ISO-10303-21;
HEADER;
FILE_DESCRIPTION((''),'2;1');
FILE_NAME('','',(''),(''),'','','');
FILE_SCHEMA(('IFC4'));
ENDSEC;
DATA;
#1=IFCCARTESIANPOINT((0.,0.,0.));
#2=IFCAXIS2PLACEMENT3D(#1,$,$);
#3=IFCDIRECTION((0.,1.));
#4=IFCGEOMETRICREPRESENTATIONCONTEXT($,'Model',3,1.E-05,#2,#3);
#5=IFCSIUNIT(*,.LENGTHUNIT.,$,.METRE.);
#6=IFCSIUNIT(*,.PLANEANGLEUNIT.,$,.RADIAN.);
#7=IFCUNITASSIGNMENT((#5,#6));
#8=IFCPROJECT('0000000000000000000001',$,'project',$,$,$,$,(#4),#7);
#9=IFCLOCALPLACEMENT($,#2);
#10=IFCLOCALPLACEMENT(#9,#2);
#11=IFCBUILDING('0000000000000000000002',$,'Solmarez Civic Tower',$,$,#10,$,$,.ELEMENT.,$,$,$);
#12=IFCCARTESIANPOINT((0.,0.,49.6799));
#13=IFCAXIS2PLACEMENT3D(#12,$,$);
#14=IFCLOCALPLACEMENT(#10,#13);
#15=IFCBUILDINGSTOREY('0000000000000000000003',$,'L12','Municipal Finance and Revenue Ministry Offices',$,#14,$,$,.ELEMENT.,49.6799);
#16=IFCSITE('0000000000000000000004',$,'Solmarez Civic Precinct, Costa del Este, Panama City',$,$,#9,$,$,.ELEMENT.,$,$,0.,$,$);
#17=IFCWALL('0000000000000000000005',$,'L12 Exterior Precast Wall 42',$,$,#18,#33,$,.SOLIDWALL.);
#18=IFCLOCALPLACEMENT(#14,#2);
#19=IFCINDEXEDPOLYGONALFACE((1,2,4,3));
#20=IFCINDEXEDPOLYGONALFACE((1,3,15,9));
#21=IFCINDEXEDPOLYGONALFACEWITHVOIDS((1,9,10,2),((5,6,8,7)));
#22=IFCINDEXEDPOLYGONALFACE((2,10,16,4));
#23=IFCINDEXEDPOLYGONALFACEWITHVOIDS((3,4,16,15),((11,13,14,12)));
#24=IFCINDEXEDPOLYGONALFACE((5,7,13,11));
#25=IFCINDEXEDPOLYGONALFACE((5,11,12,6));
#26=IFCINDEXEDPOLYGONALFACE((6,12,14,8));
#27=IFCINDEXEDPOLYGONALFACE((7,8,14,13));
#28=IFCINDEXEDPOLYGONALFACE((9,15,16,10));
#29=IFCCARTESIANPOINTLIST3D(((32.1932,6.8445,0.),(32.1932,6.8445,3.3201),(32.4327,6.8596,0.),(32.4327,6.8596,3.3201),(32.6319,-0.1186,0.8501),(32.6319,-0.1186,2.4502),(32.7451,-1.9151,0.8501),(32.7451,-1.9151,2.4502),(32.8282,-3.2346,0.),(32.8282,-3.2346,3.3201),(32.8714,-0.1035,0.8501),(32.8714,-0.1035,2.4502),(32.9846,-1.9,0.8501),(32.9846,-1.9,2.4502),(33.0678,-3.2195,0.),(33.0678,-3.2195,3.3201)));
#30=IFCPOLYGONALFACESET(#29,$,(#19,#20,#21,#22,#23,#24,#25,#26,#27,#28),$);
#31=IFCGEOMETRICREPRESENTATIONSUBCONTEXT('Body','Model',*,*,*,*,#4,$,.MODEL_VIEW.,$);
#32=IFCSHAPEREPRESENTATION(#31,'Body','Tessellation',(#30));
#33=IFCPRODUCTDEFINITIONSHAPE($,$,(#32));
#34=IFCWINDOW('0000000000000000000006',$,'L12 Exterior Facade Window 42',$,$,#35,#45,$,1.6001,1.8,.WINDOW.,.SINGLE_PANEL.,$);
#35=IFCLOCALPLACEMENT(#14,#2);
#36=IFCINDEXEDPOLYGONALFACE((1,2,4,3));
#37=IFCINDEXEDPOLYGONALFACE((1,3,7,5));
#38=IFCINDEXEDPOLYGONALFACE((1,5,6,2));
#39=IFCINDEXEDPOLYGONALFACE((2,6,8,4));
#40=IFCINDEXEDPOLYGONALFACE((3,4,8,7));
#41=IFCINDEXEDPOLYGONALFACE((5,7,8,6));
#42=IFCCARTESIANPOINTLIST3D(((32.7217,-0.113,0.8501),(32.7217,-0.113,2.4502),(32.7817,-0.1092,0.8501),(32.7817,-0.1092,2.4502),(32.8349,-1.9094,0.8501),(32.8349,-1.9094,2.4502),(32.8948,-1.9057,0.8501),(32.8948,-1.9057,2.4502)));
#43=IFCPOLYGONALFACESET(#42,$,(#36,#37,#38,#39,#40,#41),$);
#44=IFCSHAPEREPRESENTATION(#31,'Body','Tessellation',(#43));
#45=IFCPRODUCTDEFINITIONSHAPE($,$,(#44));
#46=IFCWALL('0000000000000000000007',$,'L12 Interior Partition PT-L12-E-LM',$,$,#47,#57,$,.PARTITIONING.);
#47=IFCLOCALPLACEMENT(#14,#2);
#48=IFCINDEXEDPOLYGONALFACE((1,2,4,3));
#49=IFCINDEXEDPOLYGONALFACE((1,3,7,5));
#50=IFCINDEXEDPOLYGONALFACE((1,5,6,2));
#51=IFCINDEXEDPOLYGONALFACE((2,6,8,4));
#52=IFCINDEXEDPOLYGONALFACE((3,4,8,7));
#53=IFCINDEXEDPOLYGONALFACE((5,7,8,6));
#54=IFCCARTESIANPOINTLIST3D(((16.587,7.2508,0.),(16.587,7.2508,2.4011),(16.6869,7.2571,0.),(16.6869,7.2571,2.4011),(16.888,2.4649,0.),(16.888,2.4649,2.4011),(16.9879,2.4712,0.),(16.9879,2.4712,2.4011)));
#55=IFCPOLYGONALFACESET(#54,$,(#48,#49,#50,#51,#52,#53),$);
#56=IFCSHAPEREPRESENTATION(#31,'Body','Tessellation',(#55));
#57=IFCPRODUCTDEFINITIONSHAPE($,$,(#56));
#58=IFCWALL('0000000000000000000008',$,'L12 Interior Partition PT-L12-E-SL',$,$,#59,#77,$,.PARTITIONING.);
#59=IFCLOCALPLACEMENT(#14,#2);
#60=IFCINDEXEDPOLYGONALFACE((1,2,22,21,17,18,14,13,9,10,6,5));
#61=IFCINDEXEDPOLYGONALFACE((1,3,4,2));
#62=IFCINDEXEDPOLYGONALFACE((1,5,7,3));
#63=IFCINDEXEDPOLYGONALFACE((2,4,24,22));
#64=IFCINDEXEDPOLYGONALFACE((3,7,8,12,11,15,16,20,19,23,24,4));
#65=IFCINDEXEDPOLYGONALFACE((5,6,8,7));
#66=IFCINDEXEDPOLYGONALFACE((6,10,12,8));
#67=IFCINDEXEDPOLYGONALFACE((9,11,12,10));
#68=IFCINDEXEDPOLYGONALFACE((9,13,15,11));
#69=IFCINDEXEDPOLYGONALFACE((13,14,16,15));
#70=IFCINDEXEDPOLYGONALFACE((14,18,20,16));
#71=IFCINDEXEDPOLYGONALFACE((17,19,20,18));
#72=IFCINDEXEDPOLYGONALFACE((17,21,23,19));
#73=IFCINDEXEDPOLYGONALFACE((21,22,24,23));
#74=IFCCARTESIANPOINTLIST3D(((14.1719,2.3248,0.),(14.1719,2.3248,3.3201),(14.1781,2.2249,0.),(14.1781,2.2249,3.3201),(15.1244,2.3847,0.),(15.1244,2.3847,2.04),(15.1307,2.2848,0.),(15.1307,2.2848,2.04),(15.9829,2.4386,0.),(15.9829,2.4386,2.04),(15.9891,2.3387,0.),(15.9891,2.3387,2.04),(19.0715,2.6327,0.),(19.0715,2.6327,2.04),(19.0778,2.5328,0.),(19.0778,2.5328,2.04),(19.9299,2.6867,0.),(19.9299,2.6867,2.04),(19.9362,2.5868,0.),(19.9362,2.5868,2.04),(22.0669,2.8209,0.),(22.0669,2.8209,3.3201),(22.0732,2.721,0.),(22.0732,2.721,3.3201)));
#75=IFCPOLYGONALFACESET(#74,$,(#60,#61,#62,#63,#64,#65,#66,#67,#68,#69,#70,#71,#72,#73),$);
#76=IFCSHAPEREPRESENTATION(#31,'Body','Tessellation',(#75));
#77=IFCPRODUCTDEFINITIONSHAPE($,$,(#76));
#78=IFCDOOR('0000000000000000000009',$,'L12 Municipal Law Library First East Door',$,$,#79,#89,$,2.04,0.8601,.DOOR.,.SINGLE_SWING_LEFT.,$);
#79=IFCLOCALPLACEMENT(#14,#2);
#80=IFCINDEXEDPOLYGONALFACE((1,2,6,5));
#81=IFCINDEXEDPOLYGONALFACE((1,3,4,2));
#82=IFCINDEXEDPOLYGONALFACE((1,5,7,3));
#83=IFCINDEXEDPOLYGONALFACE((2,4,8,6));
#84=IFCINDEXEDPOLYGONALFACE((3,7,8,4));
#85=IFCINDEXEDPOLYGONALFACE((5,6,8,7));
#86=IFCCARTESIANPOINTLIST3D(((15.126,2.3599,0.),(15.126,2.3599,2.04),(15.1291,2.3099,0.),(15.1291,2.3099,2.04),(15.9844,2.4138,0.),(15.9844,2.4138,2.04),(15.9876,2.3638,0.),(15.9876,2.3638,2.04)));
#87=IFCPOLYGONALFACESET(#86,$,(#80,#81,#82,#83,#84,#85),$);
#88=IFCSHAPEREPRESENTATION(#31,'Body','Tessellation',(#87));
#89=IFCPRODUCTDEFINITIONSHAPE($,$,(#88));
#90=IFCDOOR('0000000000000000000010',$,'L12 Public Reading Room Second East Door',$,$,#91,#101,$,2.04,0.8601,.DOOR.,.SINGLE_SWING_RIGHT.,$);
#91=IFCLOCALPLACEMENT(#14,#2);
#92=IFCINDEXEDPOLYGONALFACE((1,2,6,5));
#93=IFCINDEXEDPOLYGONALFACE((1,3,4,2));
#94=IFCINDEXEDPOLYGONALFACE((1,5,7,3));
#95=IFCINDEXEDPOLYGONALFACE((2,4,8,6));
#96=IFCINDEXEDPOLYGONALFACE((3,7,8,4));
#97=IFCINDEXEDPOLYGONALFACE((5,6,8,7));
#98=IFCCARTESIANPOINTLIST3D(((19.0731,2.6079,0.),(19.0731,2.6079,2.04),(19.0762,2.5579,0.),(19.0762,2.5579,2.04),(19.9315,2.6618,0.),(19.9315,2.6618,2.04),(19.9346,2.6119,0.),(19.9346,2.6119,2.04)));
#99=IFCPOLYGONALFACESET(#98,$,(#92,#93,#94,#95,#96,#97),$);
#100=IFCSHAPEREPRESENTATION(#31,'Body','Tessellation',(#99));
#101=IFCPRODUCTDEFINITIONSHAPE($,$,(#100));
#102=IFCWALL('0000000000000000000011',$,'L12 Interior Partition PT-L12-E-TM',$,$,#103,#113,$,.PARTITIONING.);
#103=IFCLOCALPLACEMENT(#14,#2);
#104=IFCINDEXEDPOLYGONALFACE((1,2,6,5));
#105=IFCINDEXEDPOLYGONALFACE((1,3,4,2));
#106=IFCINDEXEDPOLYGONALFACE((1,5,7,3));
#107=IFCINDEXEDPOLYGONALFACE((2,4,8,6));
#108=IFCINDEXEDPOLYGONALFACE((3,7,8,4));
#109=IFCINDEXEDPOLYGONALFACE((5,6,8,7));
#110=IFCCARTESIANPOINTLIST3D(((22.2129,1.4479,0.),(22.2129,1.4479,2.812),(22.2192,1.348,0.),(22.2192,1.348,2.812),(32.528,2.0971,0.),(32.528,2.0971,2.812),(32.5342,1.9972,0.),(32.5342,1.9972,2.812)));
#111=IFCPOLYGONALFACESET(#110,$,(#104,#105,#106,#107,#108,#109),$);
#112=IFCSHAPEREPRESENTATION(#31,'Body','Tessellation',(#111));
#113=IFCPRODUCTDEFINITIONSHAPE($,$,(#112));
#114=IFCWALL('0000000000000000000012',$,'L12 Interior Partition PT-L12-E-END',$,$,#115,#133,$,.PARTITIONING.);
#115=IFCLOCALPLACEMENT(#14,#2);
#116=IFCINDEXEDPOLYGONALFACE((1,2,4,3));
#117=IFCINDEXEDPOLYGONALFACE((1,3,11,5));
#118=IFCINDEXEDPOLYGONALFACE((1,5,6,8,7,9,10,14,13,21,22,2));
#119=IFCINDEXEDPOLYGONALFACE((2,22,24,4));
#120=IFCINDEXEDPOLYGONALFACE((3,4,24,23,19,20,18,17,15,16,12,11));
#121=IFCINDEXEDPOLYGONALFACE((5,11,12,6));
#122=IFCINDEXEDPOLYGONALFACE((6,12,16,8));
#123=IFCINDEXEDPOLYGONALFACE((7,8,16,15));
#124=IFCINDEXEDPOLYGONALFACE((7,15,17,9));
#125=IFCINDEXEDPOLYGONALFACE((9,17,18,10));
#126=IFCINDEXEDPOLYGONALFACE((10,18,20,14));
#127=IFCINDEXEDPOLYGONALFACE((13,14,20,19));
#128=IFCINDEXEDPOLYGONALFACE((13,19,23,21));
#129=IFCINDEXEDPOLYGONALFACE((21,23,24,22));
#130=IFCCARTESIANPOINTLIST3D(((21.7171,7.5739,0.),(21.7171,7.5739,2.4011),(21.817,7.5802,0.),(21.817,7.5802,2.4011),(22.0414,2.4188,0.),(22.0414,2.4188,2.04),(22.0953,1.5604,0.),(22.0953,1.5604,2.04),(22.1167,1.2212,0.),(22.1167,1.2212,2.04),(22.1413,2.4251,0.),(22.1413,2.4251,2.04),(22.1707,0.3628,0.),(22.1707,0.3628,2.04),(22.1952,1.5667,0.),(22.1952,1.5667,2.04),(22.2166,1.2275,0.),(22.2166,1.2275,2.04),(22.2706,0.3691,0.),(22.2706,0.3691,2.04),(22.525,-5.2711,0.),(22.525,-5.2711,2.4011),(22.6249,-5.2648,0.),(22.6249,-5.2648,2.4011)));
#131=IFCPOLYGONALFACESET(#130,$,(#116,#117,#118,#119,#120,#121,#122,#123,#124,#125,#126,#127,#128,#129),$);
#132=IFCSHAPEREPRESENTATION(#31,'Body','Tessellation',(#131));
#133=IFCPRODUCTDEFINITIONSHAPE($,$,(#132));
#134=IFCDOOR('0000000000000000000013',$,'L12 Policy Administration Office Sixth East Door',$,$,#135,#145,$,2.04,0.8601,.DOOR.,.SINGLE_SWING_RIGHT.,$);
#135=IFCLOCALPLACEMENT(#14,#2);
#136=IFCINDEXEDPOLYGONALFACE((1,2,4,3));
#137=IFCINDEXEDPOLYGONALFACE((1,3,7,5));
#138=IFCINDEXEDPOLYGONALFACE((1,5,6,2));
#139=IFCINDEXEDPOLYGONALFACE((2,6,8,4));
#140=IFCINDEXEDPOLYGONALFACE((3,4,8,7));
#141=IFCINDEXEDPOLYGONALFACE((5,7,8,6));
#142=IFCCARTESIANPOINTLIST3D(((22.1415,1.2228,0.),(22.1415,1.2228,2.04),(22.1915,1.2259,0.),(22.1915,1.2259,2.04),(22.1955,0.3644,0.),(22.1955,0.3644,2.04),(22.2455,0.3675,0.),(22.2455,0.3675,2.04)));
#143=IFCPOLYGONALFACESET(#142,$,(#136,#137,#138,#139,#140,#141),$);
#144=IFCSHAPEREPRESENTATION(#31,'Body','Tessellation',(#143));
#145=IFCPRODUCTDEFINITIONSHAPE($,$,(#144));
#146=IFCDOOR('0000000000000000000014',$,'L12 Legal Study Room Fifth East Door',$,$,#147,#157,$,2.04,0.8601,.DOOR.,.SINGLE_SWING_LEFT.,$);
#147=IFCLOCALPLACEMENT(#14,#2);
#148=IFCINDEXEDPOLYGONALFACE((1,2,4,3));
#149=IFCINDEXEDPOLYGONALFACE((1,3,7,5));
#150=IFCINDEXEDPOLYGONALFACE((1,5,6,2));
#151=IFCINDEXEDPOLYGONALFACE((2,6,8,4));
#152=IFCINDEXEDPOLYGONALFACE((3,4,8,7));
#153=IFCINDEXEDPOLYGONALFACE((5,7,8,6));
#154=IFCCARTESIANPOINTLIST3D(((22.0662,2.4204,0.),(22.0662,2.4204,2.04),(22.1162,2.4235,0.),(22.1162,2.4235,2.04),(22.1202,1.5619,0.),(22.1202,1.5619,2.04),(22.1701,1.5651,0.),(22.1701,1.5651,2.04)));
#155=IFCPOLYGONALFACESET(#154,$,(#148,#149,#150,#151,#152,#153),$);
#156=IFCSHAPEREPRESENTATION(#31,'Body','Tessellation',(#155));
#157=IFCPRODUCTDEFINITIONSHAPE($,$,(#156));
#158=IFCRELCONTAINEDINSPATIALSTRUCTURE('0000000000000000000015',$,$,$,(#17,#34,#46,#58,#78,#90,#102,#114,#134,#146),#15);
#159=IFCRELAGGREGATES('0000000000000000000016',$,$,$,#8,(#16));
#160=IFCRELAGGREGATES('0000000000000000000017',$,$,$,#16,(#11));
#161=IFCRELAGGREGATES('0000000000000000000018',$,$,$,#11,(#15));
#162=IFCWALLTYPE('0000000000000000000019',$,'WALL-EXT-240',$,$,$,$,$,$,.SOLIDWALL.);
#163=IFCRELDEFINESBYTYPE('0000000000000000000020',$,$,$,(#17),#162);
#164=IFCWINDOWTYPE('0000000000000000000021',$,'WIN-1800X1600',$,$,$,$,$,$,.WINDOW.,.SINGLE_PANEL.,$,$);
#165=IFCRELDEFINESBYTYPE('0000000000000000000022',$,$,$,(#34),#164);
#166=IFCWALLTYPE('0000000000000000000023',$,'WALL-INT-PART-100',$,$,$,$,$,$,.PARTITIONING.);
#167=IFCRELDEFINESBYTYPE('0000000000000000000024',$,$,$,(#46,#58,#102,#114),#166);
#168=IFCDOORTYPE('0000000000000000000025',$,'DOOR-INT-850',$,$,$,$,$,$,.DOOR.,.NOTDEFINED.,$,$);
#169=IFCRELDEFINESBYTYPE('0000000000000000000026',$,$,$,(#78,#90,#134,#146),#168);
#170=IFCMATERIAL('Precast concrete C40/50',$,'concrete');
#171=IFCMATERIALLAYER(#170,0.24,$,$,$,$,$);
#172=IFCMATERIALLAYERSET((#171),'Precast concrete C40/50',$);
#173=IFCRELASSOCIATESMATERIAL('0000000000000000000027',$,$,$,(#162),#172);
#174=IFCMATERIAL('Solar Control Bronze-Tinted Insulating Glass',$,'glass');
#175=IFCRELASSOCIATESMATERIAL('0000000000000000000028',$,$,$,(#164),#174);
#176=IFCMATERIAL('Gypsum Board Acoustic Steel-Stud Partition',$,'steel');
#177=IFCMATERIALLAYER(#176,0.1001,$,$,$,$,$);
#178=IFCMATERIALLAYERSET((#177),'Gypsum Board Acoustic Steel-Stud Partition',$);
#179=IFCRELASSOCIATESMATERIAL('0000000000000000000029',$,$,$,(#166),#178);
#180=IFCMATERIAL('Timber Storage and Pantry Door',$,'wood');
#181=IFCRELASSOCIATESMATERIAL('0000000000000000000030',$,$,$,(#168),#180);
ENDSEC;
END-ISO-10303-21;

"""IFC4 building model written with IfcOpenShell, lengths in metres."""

from ifc_helpers import new_model, si_unit, direction, frame, frame_2d, origin, place, context, subcontext, project, spatial, rectangle, extrude, material, layer, layer_set, type_object, element, fill, save


model = new_model("IFC4")

# Units and contexts
model_context = context("Model", 3, precision=1e-05, world=origin(), true_north=direction((0.0, 1.0)))
body_context = subcontext(model_context, "Body", "Model", "MODEL_VIEW")
ifc_project = project(units=[si_unit("LENGTHUNIT", "METRE"), si_unit("PLANEANGLEUNIT", "RADIAN")], contexts=[model_context])

# Site, building, storey
site_placement = place(None, origin())
site = spatial("IfcSite", under=ifc_project, at=site_placement, Name="Solmarez Civic Precinct, Costa del Este, Panama City", CompositionType="ELEMENT", RefElevation=0.0)
building_placement = place(site_placement, origin())
building = spatial("IfcBuilding", under=site, at=building_placement, Name="Solmarez Civic Tower", CompositionType="ELEMENT")
storey_placement = place(building_placement, frame((0.0, 0.0, 49.6799)))
storey = spatial("IfcBuildingStorey", under=building, at=storey_placement, Name="L12", Description="Municipal Finance and Revenue Ministry Offices", CompositionType="ELEMENT", Elevation=49.6799)

# Shared definitions
ifc_material_1 = material(Name="Precast concrete C40/50", Category="concrete")
ifc_layer_1 = layer(ifc_material_1, 0.24)
ifc_layer_set_1 = layer_set([ifc_layer_1], Name="Precast concrete C40/50")
wall_type_1 = type_object("IfcWallType", Name="WALL-EXT-240", PredefinedType="SOLIDWALL", material=ifc_layer_set_1)

# Wall, opening, window
wall_1_placement = place(storey_placement, frame((32.313, 6.8521, 0.0), z_axis=(0.0, 0.0, 1.0), x_axis=(0.062878, -0.998021, 0.0)))
wall_1 = element("IfcWall", 1, at=wall_1_placement, inside=storey, type_object=wall_type_1, Name="L12 Exterior Precast Wall 42", PredefinedType="SOLIDWALL", context=body_context, shape_type="SweptSolid", body=[
    extrude(rectangle(XDim=10.0991, YDim=0.24, at=frame_2d((5.0496, 0.0))), origin(), (0.0, 0.0, 1.0), 3.3201),
])
opening_1_placement = place(wall_1_placement, frame((6.9771, 0.0, 0.8501)))
opening_1 = element("IfcOpeningElement", 2, at=opening_1_placement, cuts=wall_1, PredefinedType="OPENING", context=body_context, shape_type="SweptSolid", body=[
    extrude(rectangle(XDim=1.8, YDim=1.6001, at=frame_2d((0.8999, 0.8))), frame((0.0, 0.1299, 0.0), z_axis=(0.0, -1.0, 0.0), x_axis=(1.0, 0.0, 0.0)), (0.0, 0.0, 1.0), 0.26),
])
ifc_material_2 = material(Name="Solar Control Bronze-Tinted Insulating Glass", Category="glass")
window_type = type_object("IfcWindowType", Name="WIN-1800X1600", PartitioningType="SINGLE_PANEL", PredefinedType="WINDOW", material=ifc_material_2)
window_placement = place(opening_1_placement, origin())
window = element("IfcWindow", 3, at=window_placement, inside=storey, type_object=window_type, Name="L12 Exterior Facade Window 42", OverallHeight=1.6001, OverallWidth=1.8, PartitioningType="SINGLE_PANEL", PredefinedType="WINDOW", context=body_context, shape_type="SweptSolid", body=[
    extrude(rectangle(XDim=1.8, YDim=1.6001, at=frame_2d((0.8999, 0.8))), frame((0.0, 0.03, 0.0), z_axis=(0.0, -1.0, 0.0), x_axis=(1.0, 0.0, 0.0)), (0.0, 0.0, 1.0), 0.0601),
])
fill(opening_1, window)

# Wall
ifc_material_3 = material(Name="Gypsum Board Acoustic Steel-Stud Partition", Category="steel")
ifc_layer_2 = layer(ifc_material_3, 0.1001)
ifc_layer_set_2 = layer_set([ifc_layer_2], Name="Gypsum Board Acoustic Steel-Stud Partition")
wall_type_2 = type_object("IfcWallType", Name="WALL-INT-PART-100", PredefinedType="PARTITIONING", material=ifc_layer_set_2)
wall_2_placement = place(storey_placement, frame((16.938, 2.468, 0.0), z_axis=(0.0, 0.0, 1.0), x_axis=(-0.062774, 0.998028, 0.0)))
element("IfcWall", 4, at=wall_2_placement, inside=storey, type_object=wall_type_2, Name="L12 Interior Partition PT-L12-E-LM", PredefinedType="PARTITIONING", context=body_context, shape_type="SweptSolid", body=[
    extrude(rectangle(XDim=4.7954, YDim=0.1001, at=frame_2d((2.3977, 0.0))), origin(), (0.0, 0.0, 1.0), 2.4011),
])

# Wall, openings, doors
wall_3_placement = place(storey_placement, frame((22.0701, 2.771, 0.0), z_axis=(0.0, 0.0, 1.0), x_axis=(-0.998032, -0.062713, 0.0)))
wall_3 = element("IfcWall", 5, at=wall_3_placement, inside=storey, type_object=wall_type_2, Name="L12 Interior Partition PT-L12-E-SL", PredefinedType="PARTITIONING", context=body_context, shape_type="SweptSolid", body=[
    extrude(rectangle(XDim=7.9106, YDim=0.1001, at=frame_2d((3.9553, 0.0))), origin(), (0.0, 0.0, 1.0), 3.3201),
])
opening_2_placement = place(wall_3_placement, frame((6.0959, 0.0, 0.0)))
opening_2 = element("IfcOpeningElement", 6, at=opening_2_placement, cuts=wall_3, PredefinedType="OPENING", context=body_context, shape_type="SweptSolid", body=[
    extrude(rectangle(XDim=0.8601, YDim=2.04, at=frame_2d((0.4302, 1.02))), frame((0.0, 0.0601, 0.0), z_axis=(0.0, -1.0, 0.0), x_axis=(1.0, 0.0, 0.0)), (0.0, 0.0, 1.0), 0.1201),
])
opening_3_placement = place(wall_3_placement, frame((2.1411, 0.0, 0.0)))
opening_3 = element("IfcOpeningElement", 7, at=opening_3_placement, cuts=wall_3, PredefinedType="OPENING", context=body_context, shape_type="SweptSolid", body=[
    extrude(rectangle(XDim=0.8601, YDim=2.04, at=frame_2d((0.4302, 1.02))), frame((0.0, 0.0601, 0.0), z_axis=(0.0, -1.0, 0.0), x_axis=(1.0, 0.0, 0.0)), (0.0, 0.0, 1.0), 0.1201),
])
ifc_material_4 = material(Name="Timber Storage and Pantry Door", Category="wood")
door_type = type_object("IfcDoorType", Name="DOOR-INT-850", OperationType="NOTDEFINED", PredefinedType="DOOR", material=ifc_material_4)
door_1_placement = place(opening_2_placement, origin())
door_1 = element("IfcDoor", 8, at=door_1_placement, inside=storey, type_object=door_type, Name="L12 Municipal Law Library First East Door", OperationType="SINGLE_SWING_LEFT", OverallHeight=2.04, OverallWidth=0.8601, PredefinedType="DOOR", context=body_context, shape_type="SweptSolid", body=[
    extrude(rectangle(XDim=0.8601, YDim=2.04, at=frame_2d((0.4302, 1.02))), frame((0.0, 0.0249, 0.0), z_axis=(0.0, -1.0, 0.0), x_axis=(1.0, 0.0, 0.0)), (0.0, 0.0, 1.0), 0.05),
])
fill(opening_2, door_1)
door_2_placement = place(opening_3_placement, origin())
door_2 = element("IfcDoor", 9, at=door_2_placement, inside=storey, type_object=door_type, Name="L12 Public Reading Room Second East Door", OperationType="SINGLE_SWING_RIGHT", OverallHeight=2.04, OverallWidth=0.8601, PredefinedType="DOOR", context=body_context, shape_type="SweptSolid", body=[
    extrude(rectangle(XDim=0.8601, YDim=2.04, at=frame_2d((0.4302, 1.02))), frame((0.0, 0.0249, 0.0), z_axis=(0.0, -1.0, 0.0), x_axis=(1.0, 0.0, 0.0)), (0.0, 0.0, 1.0), 0.05),
])
fill(opening_3, door_2)

# Wall
wall_4_placement = place(storey_placement, frame((22.2161, 1.3979, 0.0), z_axis=(0.0, 0.0, 1.0), x_axis=(0.998025, 0.062811, 0.0)))
element("IfcWall", 10, at=wall_4_placement, inside=storey, type_object=wall_type_2, Name="L12 Interior Partition PT-L12-E-TM", PredefinedType="PARTITIONING", context=body_context, shape_type="SweptSolid", body=[
    extrude(rectangle(XDim=10.3354, YDim=0.1001, at=frame_2d((5.1677, 0.0))), origin(), (0.0, 0.0, 1.0), 2.812),
])

# Wall, openings, doors
wall_5_placement = place(storey_placement, frame((21.7671, 7.5769, 0.0), z_axis=(0.0, 0.0, 1.0), x_axis=(0.062769, -0.998028, 0.0)))
wall_5 = element("IfcWall", 11, at=wall_5_placement, inside=storey, type_object=wall_type_2, Name="L12 Interior Partition PT-L12-E-END", PredefinedType="PARTITIONING", context=body_context, shape_type="SweptSolid", body=[
    extrude(rectangle(XDim=12.8704, YDim=0.1001, at=frame_2d((6.4351, 0.0))), origin(), (0.0, 0.0, 1.0), 2.4011),
])
opening_4_placement = place(wall_5_placement, frame((6.365, 0.0, 0.0)))
opening_4 = element("IfcOpeningElement", 12, at=opening_4_placement, cuts=wall_5, PredefinedType="OPENING", context=body_context, shape_type="SweptSolid", body=[
    extrude(rectangle(XDim=0.8601, YDim=2.04, at=frame_2d((0.4302, 1.02))), frame((0.0, 0.0601, 0.0), z_axis=(0.0, -1.0, 0.0), x_axis=(1.0, 0.0, 0.0)), (0.0, 0.0, 1.0), 0.1201),
])
opening_5_placement = place(wall_5_placement, frame((5.165, 0.0, 0.0)))
opening_5 = element("IfcOpeningElement", 13, at=opening_5_placement, cuts=wall_5, PredefinedType="OPENING", context=body_context, shape_type="SweptSolid", body=[
    extrude(rectangle(XDim=0.8601, YDim=2.04, at=frame_2d((0.4302, 1.02))), frame((0.0, 0.0601, 0.0), z_axis=(0.0, -1.0, 0.0), x_axis=(1.0, 0.0, 0.0)), (0.0, 0.0, 1.0), 0.1201),
])
door_3_placement = place(opening_4_placement, origin())
door_3 = element("IfcDoor", 14, at=door_3_placement, inside=storey, type_object=door_type, Name="L12 Policy Administration Office Sixth East Door", OperationType="SINGLE_SWING_RIGHT", OverallHeight=2.04, OverallWidth=0.8601, PredefinedType="DOOR", context=body_context, shape_type="SweptSolid", body=[
    extrude(rectangle(XDim=0.8601, YDim=2.04, at=frame_2d((0.4302, 1.02))), frame((0.0, 0.0249, 0.0), z_axis=(0.0, -1.0, 0.0), x_axis=(1.0, 0.0, 0.0)), (0.0, 0.0, 1.0), 0.05),
])
fill(opening_4, door_3)
door_4_placement = place(opening_5_placement, origin())
door_4 = element("IfcDoor", 15, at=door_4_placement, inside=storey, type_object=door_type, Name="L12 Legal Study Room Fifth East Door", OperationType="SINGLE_SWING_LEFT", OverallHeight=2.04, OverallWidth=0.8601, PredefinedType="DOOR", context=body_context, shape_type="SweptSolid", body=[
    extrude(rectangle(XDim=0.8601, YDim=2.04, at=frame_2d((0.4302, 1.02))), frame((0.0, 0.0249, 0.0), z_axis=(0.0, -1.0, 0.0), x_axis=(1.0, 0.0, 0.0)), (0.0, 0.0, 1.0), 0.05),
])
fill(opening_5, door_4)

save(model, "model.ifc")
